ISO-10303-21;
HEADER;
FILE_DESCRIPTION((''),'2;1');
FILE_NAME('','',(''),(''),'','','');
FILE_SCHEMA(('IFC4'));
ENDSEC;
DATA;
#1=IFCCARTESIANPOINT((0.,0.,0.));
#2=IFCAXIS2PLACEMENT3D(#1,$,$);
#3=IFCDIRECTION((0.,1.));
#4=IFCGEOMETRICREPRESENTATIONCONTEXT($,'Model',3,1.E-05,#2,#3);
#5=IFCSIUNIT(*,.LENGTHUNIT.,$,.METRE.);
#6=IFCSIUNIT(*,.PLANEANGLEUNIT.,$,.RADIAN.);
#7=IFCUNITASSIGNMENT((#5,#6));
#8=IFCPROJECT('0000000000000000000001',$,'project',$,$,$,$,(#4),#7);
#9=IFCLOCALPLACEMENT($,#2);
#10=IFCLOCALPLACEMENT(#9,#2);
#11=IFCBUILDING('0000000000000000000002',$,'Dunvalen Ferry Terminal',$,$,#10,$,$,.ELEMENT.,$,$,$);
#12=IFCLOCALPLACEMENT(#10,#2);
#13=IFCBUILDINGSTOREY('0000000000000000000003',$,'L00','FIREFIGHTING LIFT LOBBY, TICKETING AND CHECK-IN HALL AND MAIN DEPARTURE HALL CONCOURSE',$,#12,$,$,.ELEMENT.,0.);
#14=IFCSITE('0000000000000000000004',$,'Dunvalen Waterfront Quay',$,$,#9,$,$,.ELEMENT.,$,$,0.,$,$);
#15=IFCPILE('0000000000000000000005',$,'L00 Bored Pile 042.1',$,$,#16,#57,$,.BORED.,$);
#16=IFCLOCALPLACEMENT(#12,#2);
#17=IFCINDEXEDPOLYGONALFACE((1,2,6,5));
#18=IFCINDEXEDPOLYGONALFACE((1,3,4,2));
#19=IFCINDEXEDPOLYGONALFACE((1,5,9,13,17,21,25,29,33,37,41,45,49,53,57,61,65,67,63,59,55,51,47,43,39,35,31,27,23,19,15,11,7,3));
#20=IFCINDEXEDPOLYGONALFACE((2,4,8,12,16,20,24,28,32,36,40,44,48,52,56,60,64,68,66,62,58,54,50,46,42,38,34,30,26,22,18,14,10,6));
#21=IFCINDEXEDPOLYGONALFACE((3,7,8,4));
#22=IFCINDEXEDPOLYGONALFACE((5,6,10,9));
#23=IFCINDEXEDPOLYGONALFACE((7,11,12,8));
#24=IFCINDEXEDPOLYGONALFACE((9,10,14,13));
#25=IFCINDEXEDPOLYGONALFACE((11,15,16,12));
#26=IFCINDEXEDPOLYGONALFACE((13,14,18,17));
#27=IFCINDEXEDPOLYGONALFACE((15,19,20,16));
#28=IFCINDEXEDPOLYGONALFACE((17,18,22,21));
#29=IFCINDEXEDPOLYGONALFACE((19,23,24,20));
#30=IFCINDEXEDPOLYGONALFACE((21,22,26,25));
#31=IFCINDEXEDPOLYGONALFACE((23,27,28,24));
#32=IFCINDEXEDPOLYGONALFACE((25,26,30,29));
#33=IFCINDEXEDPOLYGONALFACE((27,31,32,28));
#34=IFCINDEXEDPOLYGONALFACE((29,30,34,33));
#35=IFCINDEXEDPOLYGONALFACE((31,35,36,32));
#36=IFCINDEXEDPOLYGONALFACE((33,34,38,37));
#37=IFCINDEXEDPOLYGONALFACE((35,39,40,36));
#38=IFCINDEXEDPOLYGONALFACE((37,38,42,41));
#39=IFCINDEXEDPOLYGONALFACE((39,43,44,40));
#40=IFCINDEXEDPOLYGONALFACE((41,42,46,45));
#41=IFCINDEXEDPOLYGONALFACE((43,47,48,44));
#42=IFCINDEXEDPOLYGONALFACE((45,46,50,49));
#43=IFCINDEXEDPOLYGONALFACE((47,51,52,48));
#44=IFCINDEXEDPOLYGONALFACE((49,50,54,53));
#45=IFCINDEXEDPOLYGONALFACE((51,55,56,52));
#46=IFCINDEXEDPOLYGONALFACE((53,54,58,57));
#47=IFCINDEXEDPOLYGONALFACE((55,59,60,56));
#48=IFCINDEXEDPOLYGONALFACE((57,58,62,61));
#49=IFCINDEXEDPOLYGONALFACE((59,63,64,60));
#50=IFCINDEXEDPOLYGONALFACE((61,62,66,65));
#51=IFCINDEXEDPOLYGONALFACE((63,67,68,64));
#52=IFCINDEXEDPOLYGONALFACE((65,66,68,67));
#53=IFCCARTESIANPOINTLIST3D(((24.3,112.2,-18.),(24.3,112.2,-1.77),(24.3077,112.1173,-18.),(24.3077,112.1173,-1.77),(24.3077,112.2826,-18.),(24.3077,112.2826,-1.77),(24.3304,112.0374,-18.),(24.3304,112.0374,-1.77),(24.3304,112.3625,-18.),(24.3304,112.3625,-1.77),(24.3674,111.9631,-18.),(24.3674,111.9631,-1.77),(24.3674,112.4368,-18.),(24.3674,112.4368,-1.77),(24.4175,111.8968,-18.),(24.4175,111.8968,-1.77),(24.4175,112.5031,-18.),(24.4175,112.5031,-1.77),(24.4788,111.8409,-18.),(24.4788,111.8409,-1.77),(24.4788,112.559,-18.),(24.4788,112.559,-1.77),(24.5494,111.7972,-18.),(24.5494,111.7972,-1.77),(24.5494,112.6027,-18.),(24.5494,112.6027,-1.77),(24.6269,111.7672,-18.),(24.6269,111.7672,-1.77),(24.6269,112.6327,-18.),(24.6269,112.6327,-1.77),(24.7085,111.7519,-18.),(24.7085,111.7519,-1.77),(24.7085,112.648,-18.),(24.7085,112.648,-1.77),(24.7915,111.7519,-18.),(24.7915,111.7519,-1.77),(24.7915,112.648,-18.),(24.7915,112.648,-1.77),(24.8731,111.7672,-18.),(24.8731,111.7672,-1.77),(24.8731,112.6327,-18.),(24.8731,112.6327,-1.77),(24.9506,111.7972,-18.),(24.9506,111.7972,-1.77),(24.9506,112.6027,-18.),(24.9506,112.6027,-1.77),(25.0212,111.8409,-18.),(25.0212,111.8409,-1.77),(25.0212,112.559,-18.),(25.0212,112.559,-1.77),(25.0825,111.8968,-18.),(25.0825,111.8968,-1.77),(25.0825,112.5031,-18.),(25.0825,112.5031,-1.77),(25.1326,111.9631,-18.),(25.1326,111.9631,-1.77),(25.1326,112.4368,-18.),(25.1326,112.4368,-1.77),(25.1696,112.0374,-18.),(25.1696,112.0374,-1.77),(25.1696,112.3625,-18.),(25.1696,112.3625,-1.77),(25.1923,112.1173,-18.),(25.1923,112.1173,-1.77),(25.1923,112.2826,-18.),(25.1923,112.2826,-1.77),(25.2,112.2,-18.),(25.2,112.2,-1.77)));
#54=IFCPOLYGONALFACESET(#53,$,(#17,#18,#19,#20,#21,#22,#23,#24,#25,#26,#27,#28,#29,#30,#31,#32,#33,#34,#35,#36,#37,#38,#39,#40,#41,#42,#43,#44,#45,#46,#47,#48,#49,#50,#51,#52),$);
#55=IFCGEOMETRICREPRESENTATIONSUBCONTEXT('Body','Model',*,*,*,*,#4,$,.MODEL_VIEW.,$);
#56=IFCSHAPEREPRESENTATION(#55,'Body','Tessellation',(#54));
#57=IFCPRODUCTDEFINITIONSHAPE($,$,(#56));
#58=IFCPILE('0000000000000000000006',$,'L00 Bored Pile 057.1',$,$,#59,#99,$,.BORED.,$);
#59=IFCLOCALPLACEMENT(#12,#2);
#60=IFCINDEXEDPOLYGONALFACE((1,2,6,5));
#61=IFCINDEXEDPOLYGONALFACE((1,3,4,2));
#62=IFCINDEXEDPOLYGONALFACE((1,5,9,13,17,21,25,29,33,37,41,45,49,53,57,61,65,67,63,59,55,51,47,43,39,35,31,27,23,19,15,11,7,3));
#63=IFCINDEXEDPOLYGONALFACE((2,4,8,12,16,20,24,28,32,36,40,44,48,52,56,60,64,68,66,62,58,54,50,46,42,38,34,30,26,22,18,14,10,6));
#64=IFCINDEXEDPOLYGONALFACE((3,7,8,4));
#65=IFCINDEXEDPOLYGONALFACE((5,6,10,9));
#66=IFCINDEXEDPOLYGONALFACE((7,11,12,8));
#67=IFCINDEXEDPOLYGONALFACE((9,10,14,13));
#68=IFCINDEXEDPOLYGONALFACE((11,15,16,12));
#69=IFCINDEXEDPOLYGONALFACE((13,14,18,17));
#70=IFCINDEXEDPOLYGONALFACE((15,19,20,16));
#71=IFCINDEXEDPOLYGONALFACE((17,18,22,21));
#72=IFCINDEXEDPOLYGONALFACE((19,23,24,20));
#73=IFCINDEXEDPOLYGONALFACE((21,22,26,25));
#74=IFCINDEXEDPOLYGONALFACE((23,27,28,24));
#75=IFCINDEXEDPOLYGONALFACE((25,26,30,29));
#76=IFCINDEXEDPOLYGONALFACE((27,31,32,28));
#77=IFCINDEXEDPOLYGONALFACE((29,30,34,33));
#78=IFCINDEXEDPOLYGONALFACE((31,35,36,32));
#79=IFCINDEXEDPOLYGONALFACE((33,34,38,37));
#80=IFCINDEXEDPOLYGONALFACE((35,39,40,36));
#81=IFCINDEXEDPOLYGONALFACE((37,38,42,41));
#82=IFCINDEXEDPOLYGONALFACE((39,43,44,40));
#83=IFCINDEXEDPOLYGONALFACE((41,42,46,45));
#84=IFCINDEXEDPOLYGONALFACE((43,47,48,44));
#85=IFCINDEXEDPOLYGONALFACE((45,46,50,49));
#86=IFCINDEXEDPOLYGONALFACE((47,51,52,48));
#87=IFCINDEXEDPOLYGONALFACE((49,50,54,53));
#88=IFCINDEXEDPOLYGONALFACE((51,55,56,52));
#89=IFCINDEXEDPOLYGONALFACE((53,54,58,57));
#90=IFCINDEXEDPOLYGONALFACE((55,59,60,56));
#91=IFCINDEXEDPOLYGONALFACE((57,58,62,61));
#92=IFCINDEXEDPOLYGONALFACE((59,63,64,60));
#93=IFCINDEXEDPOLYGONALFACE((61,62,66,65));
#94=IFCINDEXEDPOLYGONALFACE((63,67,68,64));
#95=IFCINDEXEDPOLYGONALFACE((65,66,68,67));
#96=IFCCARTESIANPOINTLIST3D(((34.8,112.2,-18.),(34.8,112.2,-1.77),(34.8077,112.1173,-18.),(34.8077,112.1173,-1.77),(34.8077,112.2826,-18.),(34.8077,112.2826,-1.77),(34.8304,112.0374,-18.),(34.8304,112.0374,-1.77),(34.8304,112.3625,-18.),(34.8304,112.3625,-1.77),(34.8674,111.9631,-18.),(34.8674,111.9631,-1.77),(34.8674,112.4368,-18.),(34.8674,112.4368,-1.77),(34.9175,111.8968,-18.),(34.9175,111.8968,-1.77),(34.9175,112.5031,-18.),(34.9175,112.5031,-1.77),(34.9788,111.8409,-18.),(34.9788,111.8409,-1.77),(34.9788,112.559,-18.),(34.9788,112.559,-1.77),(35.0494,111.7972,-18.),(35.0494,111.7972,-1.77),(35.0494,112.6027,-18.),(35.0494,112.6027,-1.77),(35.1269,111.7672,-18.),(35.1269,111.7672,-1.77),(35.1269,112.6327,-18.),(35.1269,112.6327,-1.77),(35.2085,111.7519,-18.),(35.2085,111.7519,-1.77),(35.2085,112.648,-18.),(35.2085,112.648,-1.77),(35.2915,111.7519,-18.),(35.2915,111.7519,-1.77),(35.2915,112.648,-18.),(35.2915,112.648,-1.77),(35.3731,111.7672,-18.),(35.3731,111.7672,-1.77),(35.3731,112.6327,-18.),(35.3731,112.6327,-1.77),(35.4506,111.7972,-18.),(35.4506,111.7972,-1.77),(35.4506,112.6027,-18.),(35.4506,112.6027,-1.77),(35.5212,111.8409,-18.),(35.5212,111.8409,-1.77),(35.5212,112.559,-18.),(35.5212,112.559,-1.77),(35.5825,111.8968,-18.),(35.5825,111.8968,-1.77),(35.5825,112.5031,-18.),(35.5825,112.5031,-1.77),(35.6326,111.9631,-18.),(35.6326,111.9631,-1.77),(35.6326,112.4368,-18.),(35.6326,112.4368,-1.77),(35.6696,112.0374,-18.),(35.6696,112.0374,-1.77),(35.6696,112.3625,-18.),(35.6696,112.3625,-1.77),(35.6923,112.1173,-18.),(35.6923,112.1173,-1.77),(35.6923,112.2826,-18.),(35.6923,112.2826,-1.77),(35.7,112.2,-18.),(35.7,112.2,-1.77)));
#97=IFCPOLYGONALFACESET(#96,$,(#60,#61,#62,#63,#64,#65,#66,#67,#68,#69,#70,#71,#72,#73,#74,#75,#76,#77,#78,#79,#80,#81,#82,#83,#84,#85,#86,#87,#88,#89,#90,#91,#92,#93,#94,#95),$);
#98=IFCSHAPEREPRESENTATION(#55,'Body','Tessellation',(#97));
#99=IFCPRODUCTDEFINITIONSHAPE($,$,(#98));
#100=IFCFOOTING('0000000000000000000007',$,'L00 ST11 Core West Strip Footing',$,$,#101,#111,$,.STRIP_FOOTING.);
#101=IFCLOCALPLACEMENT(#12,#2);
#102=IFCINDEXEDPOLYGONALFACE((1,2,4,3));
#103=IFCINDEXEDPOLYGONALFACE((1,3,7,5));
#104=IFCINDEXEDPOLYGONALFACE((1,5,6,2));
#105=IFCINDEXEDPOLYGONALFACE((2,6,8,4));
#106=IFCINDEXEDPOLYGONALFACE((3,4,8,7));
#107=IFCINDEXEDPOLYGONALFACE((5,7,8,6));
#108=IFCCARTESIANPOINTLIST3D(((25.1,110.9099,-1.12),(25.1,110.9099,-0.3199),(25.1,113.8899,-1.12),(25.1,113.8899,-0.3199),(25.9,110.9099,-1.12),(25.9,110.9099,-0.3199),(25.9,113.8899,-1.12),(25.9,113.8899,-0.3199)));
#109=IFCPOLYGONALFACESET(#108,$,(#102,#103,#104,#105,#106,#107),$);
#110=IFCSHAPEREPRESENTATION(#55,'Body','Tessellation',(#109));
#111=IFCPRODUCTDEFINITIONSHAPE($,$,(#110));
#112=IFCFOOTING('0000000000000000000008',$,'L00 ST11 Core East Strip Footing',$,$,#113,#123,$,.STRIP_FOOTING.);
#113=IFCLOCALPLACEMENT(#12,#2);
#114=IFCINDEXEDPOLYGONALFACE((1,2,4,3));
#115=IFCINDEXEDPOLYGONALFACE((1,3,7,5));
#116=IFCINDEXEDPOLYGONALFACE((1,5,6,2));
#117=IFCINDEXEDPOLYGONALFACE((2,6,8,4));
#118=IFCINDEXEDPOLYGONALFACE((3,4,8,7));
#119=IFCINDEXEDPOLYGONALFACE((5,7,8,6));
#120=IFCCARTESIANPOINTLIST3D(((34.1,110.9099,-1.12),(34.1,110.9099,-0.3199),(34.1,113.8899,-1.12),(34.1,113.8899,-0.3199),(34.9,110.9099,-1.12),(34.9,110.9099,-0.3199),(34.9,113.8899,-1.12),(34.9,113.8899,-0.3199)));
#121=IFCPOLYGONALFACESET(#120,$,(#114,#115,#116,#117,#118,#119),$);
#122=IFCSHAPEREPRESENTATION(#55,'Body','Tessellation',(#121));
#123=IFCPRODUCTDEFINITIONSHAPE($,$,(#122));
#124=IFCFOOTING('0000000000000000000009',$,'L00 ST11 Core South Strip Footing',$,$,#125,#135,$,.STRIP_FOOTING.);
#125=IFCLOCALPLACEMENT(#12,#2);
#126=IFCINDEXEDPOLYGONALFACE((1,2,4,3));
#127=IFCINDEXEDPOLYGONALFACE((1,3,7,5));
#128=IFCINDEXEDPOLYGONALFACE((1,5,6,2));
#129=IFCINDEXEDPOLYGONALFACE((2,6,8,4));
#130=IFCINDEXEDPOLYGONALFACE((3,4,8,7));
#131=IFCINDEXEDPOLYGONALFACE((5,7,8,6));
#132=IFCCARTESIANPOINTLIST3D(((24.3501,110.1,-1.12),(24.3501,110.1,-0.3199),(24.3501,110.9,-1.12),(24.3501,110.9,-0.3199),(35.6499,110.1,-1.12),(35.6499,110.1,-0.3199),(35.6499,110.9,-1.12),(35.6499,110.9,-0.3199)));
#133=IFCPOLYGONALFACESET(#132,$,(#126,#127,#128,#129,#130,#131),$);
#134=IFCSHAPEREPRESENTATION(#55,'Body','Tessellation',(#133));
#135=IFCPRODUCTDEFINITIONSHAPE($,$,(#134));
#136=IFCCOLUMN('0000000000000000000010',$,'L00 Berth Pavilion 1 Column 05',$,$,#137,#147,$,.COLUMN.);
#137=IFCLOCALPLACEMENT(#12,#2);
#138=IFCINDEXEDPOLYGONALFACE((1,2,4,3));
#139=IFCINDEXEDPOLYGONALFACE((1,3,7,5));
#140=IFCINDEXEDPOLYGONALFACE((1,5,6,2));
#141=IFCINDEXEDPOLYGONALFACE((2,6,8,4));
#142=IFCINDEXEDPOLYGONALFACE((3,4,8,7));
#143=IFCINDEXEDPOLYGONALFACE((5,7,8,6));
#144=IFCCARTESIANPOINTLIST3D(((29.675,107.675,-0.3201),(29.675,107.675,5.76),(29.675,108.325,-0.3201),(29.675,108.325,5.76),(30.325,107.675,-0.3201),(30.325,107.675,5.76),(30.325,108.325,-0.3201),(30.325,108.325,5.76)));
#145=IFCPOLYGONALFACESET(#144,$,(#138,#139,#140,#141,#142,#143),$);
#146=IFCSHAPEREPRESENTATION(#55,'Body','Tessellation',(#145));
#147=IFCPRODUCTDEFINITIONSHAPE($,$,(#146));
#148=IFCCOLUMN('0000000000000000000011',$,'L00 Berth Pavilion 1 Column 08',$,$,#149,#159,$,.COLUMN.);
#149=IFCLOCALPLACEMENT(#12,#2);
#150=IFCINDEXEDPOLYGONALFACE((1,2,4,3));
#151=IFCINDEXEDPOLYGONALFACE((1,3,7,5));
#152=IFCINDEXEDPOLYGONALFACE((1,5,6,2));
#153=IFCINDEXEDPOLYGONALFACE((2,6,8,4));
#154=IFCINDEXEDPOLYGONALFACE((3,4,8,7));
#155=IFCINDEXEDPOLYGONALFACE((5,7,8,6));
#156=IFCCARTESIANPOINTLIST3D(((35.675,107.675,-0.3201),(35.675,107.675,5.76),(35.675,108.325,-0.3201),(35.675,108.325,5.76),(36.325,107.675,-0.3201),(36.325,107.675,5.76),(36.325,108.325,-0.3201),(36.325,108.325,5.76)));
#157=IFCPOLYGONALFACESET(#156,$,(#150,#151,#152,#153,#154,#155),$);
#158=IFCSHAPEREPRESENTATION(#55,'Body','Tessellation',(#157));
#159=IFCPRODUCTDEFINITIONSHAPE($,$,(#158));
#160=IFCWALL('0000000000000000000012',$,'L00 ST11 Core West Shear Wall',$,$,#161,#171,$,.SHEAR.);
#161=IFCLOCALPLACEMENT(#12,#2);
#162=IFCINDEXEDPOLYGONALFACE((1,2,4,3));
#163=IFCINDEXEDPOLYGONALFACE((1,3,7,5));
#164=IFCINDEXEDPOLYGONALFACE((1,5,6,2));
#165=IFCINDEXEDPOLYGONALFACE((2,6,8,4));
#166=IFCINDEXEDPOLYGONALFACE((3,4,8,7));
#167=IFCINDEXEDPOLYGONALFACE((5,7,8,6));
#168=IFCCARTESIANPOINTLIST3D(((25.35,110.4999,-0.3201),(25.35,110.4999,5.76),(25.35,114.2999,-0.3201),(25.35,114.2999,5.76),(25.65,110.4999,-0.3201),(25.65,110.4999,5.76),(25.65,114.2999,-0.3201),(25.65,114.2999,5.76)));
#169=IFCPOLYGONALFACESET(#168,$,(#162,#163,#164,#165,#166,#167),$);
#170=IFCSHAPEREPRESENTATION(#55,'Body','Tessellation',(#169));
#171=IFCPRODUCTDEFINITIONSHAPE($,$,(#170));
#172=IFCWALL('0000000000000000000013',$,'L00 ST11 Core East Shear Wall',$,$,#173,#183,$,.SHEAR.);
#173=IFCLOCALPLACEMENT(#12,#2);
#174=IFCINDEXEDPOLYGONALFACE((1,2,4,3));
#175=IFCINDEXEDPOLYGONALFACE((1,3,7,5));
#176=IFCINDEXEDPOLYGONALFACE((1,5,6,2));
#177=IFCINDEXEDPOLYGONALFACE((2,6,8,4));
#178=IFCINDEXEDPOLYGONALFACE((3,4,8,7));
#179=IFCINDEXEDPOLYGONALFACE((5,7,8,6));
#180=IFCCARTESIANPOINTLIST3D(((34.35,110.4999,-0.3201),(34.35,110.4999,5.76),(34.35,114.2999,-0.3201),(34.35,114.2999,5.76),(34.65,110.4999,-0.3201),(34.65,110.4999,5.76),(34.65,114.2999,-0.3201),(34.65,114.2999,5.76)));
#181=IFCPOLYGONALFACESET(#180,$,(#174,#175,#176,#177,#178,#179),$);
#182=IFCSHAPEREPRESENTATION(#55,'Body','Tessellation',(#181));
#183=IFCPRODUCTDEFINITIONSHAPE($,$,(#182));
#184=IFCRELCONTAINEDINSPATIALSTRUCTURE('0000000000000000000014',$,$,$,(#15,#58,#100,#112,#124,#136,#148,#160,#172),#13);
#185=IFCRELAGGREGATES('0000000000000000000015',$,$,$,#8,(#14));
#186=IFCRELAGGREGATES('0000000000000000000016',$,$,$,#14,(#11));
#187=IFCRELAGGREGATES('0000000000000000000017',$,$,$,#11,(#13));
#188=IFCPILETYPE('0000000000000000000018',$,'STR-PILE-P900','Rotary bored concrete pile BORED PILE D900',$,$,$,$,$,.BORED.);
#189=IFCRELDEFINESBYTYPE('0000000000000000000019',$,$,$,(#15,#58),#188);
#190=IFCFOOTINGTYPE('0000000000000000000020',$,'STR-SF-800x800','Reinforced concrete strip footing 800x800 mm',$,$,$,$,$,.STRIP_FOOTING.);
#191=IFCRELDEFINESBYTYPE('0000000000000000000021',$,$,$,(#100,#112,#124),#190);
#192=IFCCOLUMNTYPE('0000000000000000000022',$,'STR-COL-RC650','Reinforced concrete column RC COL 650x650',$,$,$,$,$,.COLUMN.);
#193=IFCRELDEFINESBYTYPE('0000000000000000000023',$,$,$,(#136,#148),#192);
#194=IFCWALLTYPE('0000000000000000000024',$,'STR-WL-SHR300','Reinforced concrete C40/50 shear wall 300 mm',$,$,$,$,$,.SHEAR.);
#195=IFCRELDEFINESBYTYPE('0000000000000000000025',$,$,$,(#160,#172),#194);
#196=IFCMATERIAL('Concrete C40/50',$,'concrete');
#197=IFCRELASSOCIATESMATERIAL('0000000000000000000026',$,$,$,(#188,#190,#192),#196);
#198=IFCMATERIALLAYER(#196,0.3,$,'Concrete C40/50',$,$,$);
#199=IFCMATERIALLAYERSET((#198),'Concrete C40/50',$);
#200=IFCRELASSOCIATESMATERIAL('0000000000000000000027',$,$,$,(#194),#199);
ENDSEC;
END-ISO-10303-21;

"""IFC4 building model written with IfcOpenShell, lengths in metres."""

from ifc_helpers import new_model, si_unit, direction, frame, frame_2d, origin, origin_2d, place, context, subcontext, project, spatial, rectangle, circle, extrude, material, layer, layer_set, material_profile, profile_set, type_object, element, save


model = new_model("IFC4")

# Units and contexts
model_context = context("Model", 3, precision=1e-05, world=origin(), true_north=direction((0.0, 1.0)))
body_context = subcontext(model_context, "Body", "Model", "MODEL_VIEW")
ifc_project = project(units=[si_unit("LENGTHUNIT", "METRE"), si_unit("PLANEANGLEUNIT", "RADIAN")], contexts=[model_context])

# Site, building, storey
site_placement = place(None, origin())
site = spatial("IfcSite", under=ifc_project, at=site_placement, Name="Dunvalen Waterfront Quay", CompositionType="ELEMENT", RefElevation=0.0)
building_placement = place(site_placement, origin())
building = spatial("IfcBuilding", under=site, at=building_placement, Name="Dunvalen Ferry Terminal", CompositionType="ELEMENT")
storey_placement = place(building_placement, origin())
storey = spatial("IfcBuildingStorey", under=building, at=storey_placement, Name="L00", Description="FIREFIGHTING LIFT LOBBY, TICKETING AND CHECK-IN HALL AND MAIN DEPARTURE HALL CONCOURSE", CompositionType="ELEMENT", Elevation=0.0)

# Shared definitions
ifc_material_1 = material(Name="Concrete C40/50", Category="concrete")

# Piles
ifc_material_profile_1 = material_profile(ifc_material_1, circle(Radius=0.45, at=origin_2d()), Name="Concrete C40/50")
ifc_profile_set_1 = profile_set([ifc_material_profile_1], Name="Concrete C40/50")
pile_type_1 = type_object("IfcPileType", Name="STR-PILE-P900", Description="Rotary bored concrete pile BORED PILE D900", PredefinedType="BORED", material=ifc_profile_set_1)
for number, where, z_axis, x_axis, name in (
    (1, (24.75, 112.2, -1.77), (0.0, 0.0, -1.0), (1.0, 0.0, 0.0), "L00 Bored Pile 042.1"),
    (2, (35.25, 112.2, -1.77), (0.0, 0.0, -1.0), (1.0, 0.0, 0.0), "L00 Bored Pile 057.1"),
):
    element("IfcPile", number, at=place(storey_placement, frame(where, z_axis=z_axis, x_axis=x_axis)), inside=storey, type_object=pile_type_1, Name=name, PredefinedType="BORED", context=body_context, shape_type="SweptSolid", body=[
        extrude(circle(Radius=0.45, at=origin_2d()), origin(), (0.0, 0.0, 1.0), 16.23),
    ])

# Footings
ifc_material_profile_2 = material_profile(ifc_material_1, rectangle(XDim=0.8, YDim=0.8, at=origin_2d()), Name="Concrete C40/50")
ifc_profile_set_2 = profile_set([ifc_material_profile_2], Name="Concrete C40/50")
footing_type_1 = type_object("IfcFootingType", Name="STR-SF-800x800", Description="Reinforced concrete strip footing 800x800 mm", PredefinedType="STRIP_FOOTING", material=ifc_profile_set_2)
for number, where, z_axis, x_axis, name in (
    (3, (25.5, 110.9099, -0.72), (0.0, 1.0, 0.0), (-1.0, 0.0, 0.0), "L00 ST11 Core West Strip Footing"),
    (4, (34.5, 110.9099, -0.72), (0.0, 1.0, 0.0), (-1.0, 0.0, 0.0), "L00 ST11 Core East Strip Footing"),
):
    element("IfcFooting", number, at=place(storey_placement, frame(where, z_axis=z_axis, x_axis=x_axis)), inside=storey, type_object=footing_type_1, Name=name, PredefinedType="STRIP_FOOTING", context=body_context, shape_type="SweptSolid", body=[
        extrude(rectangle(XDim=0.8, YDim=0.8, at=origin_2d()), origin(), (0.0, 0.0, 1.0), 2.98),
    ])
footing_1_placement = place(storey_placement, frame((24.3501, 110.5, -0.72), z_axis=(1.0, 0.0, 0.0), x_axis=(0.0, 1.0, 0.0)))
element("IfcFooting", 5, at=footing_1_placement, inside=storey, type_object=footing_type_1, Name="L00 ST11 Core South Strip Footing", PredefinedType="STRIP_FOOTING", context=body_context, shape_type="SweptSolid", body=[
    extrude(rectangle(XDim=0.8, YDim=0.8, at=origin_2d()), origin(), (0.0, 0.0, 1.0), 11.2998),
])

# Columns
ifc_material_profile_3 = material_profile(ifc_material_1, rectangle(XDim=0.6499, YDim=0.6499, at=origin_2d()), Name="Concrete C40/50")
ifc_profile_set_3 = profile_set([ifc_material_profile_3], Name="Concrete C40/50")
column_type = type_object("IfcColumnType", Name="STR-COL-RC650", Description="Reinforced concrete column RC COL 650x650", PredefinedType="COLUMN", material=ifc_profile_set_3)
for number, where, z_axis, x_axis, name in (
    (6, (30.0, 108.0, -0.3201), (0.0, 0.0, 1.0), (1.0, 0.0, 0.0), "L00 Berth Pavilion 1 Column 05"),
    (7, (36.0, 108.0, -0.3201), (0.0, 0.0, 1.0), (1.0, 0.0, 0.0), "L00 Berth Pavilion 1 Column 08"),
):
    element("IfcColumn", number, at=place(storey_placement, frame(where, z_axis=z_axis, x_axis=x_axis)), inside=storey, type_object=column_type, Name=name, PredefinedType="COLUMN", context=body_context, shape_type="SweptSolid", body=[
        extrude(rectangle(XDim=0.6499, YDim=0.6499, at=origin_2d()), origin(), (0.0, 0.0, 1.0), 6.0801),
    ])

# Walls
ifc_layer = layer(ifc_material_1, 0.3, Name="Concrete C40/50")
ifc_layer_set = layer_set([ifc_layer], Name="Concrete C40/50")
wall_type = type_object("IfcWallType", Name="STR-WL-SHR300", Description="Reinforced concrete C40/50 shear wall 300 mm", PredefinedType="SHEAR", material=ifc_layer_set)
for number, where, z_axis, x_axis, name in (
    (8, (25.5, 110.5, -0.3201), (0.0, 0.0, 1.0), (0.0, 1.0, 0.0), "L00 ST11 Core West Shear Wall"),
    (9, (34.5, 110.5, -0.3201), (0.0, 0.0, 1.0), (0.0, 1.0, 0.0), "L00 ST11 Core East Shear Wall"),
):
    element("IfcWall", number, at=place(storey_placement, frame(where, z_axis=z_axis, x_axis=x_axis)), inside=storey, type_object=wall_type, Name=name, PredefinedType="SHEAR", context=body_context, shape_type="SweptSolid", body=[
        extrude(rectangle(XDim=3.8, YDim=0.3, at=frame_2d((1.8999, 0.0))), origin(), (0.0, 0.0, 1.0), 6.0801),
    ])

save(model, "model.ifc")
